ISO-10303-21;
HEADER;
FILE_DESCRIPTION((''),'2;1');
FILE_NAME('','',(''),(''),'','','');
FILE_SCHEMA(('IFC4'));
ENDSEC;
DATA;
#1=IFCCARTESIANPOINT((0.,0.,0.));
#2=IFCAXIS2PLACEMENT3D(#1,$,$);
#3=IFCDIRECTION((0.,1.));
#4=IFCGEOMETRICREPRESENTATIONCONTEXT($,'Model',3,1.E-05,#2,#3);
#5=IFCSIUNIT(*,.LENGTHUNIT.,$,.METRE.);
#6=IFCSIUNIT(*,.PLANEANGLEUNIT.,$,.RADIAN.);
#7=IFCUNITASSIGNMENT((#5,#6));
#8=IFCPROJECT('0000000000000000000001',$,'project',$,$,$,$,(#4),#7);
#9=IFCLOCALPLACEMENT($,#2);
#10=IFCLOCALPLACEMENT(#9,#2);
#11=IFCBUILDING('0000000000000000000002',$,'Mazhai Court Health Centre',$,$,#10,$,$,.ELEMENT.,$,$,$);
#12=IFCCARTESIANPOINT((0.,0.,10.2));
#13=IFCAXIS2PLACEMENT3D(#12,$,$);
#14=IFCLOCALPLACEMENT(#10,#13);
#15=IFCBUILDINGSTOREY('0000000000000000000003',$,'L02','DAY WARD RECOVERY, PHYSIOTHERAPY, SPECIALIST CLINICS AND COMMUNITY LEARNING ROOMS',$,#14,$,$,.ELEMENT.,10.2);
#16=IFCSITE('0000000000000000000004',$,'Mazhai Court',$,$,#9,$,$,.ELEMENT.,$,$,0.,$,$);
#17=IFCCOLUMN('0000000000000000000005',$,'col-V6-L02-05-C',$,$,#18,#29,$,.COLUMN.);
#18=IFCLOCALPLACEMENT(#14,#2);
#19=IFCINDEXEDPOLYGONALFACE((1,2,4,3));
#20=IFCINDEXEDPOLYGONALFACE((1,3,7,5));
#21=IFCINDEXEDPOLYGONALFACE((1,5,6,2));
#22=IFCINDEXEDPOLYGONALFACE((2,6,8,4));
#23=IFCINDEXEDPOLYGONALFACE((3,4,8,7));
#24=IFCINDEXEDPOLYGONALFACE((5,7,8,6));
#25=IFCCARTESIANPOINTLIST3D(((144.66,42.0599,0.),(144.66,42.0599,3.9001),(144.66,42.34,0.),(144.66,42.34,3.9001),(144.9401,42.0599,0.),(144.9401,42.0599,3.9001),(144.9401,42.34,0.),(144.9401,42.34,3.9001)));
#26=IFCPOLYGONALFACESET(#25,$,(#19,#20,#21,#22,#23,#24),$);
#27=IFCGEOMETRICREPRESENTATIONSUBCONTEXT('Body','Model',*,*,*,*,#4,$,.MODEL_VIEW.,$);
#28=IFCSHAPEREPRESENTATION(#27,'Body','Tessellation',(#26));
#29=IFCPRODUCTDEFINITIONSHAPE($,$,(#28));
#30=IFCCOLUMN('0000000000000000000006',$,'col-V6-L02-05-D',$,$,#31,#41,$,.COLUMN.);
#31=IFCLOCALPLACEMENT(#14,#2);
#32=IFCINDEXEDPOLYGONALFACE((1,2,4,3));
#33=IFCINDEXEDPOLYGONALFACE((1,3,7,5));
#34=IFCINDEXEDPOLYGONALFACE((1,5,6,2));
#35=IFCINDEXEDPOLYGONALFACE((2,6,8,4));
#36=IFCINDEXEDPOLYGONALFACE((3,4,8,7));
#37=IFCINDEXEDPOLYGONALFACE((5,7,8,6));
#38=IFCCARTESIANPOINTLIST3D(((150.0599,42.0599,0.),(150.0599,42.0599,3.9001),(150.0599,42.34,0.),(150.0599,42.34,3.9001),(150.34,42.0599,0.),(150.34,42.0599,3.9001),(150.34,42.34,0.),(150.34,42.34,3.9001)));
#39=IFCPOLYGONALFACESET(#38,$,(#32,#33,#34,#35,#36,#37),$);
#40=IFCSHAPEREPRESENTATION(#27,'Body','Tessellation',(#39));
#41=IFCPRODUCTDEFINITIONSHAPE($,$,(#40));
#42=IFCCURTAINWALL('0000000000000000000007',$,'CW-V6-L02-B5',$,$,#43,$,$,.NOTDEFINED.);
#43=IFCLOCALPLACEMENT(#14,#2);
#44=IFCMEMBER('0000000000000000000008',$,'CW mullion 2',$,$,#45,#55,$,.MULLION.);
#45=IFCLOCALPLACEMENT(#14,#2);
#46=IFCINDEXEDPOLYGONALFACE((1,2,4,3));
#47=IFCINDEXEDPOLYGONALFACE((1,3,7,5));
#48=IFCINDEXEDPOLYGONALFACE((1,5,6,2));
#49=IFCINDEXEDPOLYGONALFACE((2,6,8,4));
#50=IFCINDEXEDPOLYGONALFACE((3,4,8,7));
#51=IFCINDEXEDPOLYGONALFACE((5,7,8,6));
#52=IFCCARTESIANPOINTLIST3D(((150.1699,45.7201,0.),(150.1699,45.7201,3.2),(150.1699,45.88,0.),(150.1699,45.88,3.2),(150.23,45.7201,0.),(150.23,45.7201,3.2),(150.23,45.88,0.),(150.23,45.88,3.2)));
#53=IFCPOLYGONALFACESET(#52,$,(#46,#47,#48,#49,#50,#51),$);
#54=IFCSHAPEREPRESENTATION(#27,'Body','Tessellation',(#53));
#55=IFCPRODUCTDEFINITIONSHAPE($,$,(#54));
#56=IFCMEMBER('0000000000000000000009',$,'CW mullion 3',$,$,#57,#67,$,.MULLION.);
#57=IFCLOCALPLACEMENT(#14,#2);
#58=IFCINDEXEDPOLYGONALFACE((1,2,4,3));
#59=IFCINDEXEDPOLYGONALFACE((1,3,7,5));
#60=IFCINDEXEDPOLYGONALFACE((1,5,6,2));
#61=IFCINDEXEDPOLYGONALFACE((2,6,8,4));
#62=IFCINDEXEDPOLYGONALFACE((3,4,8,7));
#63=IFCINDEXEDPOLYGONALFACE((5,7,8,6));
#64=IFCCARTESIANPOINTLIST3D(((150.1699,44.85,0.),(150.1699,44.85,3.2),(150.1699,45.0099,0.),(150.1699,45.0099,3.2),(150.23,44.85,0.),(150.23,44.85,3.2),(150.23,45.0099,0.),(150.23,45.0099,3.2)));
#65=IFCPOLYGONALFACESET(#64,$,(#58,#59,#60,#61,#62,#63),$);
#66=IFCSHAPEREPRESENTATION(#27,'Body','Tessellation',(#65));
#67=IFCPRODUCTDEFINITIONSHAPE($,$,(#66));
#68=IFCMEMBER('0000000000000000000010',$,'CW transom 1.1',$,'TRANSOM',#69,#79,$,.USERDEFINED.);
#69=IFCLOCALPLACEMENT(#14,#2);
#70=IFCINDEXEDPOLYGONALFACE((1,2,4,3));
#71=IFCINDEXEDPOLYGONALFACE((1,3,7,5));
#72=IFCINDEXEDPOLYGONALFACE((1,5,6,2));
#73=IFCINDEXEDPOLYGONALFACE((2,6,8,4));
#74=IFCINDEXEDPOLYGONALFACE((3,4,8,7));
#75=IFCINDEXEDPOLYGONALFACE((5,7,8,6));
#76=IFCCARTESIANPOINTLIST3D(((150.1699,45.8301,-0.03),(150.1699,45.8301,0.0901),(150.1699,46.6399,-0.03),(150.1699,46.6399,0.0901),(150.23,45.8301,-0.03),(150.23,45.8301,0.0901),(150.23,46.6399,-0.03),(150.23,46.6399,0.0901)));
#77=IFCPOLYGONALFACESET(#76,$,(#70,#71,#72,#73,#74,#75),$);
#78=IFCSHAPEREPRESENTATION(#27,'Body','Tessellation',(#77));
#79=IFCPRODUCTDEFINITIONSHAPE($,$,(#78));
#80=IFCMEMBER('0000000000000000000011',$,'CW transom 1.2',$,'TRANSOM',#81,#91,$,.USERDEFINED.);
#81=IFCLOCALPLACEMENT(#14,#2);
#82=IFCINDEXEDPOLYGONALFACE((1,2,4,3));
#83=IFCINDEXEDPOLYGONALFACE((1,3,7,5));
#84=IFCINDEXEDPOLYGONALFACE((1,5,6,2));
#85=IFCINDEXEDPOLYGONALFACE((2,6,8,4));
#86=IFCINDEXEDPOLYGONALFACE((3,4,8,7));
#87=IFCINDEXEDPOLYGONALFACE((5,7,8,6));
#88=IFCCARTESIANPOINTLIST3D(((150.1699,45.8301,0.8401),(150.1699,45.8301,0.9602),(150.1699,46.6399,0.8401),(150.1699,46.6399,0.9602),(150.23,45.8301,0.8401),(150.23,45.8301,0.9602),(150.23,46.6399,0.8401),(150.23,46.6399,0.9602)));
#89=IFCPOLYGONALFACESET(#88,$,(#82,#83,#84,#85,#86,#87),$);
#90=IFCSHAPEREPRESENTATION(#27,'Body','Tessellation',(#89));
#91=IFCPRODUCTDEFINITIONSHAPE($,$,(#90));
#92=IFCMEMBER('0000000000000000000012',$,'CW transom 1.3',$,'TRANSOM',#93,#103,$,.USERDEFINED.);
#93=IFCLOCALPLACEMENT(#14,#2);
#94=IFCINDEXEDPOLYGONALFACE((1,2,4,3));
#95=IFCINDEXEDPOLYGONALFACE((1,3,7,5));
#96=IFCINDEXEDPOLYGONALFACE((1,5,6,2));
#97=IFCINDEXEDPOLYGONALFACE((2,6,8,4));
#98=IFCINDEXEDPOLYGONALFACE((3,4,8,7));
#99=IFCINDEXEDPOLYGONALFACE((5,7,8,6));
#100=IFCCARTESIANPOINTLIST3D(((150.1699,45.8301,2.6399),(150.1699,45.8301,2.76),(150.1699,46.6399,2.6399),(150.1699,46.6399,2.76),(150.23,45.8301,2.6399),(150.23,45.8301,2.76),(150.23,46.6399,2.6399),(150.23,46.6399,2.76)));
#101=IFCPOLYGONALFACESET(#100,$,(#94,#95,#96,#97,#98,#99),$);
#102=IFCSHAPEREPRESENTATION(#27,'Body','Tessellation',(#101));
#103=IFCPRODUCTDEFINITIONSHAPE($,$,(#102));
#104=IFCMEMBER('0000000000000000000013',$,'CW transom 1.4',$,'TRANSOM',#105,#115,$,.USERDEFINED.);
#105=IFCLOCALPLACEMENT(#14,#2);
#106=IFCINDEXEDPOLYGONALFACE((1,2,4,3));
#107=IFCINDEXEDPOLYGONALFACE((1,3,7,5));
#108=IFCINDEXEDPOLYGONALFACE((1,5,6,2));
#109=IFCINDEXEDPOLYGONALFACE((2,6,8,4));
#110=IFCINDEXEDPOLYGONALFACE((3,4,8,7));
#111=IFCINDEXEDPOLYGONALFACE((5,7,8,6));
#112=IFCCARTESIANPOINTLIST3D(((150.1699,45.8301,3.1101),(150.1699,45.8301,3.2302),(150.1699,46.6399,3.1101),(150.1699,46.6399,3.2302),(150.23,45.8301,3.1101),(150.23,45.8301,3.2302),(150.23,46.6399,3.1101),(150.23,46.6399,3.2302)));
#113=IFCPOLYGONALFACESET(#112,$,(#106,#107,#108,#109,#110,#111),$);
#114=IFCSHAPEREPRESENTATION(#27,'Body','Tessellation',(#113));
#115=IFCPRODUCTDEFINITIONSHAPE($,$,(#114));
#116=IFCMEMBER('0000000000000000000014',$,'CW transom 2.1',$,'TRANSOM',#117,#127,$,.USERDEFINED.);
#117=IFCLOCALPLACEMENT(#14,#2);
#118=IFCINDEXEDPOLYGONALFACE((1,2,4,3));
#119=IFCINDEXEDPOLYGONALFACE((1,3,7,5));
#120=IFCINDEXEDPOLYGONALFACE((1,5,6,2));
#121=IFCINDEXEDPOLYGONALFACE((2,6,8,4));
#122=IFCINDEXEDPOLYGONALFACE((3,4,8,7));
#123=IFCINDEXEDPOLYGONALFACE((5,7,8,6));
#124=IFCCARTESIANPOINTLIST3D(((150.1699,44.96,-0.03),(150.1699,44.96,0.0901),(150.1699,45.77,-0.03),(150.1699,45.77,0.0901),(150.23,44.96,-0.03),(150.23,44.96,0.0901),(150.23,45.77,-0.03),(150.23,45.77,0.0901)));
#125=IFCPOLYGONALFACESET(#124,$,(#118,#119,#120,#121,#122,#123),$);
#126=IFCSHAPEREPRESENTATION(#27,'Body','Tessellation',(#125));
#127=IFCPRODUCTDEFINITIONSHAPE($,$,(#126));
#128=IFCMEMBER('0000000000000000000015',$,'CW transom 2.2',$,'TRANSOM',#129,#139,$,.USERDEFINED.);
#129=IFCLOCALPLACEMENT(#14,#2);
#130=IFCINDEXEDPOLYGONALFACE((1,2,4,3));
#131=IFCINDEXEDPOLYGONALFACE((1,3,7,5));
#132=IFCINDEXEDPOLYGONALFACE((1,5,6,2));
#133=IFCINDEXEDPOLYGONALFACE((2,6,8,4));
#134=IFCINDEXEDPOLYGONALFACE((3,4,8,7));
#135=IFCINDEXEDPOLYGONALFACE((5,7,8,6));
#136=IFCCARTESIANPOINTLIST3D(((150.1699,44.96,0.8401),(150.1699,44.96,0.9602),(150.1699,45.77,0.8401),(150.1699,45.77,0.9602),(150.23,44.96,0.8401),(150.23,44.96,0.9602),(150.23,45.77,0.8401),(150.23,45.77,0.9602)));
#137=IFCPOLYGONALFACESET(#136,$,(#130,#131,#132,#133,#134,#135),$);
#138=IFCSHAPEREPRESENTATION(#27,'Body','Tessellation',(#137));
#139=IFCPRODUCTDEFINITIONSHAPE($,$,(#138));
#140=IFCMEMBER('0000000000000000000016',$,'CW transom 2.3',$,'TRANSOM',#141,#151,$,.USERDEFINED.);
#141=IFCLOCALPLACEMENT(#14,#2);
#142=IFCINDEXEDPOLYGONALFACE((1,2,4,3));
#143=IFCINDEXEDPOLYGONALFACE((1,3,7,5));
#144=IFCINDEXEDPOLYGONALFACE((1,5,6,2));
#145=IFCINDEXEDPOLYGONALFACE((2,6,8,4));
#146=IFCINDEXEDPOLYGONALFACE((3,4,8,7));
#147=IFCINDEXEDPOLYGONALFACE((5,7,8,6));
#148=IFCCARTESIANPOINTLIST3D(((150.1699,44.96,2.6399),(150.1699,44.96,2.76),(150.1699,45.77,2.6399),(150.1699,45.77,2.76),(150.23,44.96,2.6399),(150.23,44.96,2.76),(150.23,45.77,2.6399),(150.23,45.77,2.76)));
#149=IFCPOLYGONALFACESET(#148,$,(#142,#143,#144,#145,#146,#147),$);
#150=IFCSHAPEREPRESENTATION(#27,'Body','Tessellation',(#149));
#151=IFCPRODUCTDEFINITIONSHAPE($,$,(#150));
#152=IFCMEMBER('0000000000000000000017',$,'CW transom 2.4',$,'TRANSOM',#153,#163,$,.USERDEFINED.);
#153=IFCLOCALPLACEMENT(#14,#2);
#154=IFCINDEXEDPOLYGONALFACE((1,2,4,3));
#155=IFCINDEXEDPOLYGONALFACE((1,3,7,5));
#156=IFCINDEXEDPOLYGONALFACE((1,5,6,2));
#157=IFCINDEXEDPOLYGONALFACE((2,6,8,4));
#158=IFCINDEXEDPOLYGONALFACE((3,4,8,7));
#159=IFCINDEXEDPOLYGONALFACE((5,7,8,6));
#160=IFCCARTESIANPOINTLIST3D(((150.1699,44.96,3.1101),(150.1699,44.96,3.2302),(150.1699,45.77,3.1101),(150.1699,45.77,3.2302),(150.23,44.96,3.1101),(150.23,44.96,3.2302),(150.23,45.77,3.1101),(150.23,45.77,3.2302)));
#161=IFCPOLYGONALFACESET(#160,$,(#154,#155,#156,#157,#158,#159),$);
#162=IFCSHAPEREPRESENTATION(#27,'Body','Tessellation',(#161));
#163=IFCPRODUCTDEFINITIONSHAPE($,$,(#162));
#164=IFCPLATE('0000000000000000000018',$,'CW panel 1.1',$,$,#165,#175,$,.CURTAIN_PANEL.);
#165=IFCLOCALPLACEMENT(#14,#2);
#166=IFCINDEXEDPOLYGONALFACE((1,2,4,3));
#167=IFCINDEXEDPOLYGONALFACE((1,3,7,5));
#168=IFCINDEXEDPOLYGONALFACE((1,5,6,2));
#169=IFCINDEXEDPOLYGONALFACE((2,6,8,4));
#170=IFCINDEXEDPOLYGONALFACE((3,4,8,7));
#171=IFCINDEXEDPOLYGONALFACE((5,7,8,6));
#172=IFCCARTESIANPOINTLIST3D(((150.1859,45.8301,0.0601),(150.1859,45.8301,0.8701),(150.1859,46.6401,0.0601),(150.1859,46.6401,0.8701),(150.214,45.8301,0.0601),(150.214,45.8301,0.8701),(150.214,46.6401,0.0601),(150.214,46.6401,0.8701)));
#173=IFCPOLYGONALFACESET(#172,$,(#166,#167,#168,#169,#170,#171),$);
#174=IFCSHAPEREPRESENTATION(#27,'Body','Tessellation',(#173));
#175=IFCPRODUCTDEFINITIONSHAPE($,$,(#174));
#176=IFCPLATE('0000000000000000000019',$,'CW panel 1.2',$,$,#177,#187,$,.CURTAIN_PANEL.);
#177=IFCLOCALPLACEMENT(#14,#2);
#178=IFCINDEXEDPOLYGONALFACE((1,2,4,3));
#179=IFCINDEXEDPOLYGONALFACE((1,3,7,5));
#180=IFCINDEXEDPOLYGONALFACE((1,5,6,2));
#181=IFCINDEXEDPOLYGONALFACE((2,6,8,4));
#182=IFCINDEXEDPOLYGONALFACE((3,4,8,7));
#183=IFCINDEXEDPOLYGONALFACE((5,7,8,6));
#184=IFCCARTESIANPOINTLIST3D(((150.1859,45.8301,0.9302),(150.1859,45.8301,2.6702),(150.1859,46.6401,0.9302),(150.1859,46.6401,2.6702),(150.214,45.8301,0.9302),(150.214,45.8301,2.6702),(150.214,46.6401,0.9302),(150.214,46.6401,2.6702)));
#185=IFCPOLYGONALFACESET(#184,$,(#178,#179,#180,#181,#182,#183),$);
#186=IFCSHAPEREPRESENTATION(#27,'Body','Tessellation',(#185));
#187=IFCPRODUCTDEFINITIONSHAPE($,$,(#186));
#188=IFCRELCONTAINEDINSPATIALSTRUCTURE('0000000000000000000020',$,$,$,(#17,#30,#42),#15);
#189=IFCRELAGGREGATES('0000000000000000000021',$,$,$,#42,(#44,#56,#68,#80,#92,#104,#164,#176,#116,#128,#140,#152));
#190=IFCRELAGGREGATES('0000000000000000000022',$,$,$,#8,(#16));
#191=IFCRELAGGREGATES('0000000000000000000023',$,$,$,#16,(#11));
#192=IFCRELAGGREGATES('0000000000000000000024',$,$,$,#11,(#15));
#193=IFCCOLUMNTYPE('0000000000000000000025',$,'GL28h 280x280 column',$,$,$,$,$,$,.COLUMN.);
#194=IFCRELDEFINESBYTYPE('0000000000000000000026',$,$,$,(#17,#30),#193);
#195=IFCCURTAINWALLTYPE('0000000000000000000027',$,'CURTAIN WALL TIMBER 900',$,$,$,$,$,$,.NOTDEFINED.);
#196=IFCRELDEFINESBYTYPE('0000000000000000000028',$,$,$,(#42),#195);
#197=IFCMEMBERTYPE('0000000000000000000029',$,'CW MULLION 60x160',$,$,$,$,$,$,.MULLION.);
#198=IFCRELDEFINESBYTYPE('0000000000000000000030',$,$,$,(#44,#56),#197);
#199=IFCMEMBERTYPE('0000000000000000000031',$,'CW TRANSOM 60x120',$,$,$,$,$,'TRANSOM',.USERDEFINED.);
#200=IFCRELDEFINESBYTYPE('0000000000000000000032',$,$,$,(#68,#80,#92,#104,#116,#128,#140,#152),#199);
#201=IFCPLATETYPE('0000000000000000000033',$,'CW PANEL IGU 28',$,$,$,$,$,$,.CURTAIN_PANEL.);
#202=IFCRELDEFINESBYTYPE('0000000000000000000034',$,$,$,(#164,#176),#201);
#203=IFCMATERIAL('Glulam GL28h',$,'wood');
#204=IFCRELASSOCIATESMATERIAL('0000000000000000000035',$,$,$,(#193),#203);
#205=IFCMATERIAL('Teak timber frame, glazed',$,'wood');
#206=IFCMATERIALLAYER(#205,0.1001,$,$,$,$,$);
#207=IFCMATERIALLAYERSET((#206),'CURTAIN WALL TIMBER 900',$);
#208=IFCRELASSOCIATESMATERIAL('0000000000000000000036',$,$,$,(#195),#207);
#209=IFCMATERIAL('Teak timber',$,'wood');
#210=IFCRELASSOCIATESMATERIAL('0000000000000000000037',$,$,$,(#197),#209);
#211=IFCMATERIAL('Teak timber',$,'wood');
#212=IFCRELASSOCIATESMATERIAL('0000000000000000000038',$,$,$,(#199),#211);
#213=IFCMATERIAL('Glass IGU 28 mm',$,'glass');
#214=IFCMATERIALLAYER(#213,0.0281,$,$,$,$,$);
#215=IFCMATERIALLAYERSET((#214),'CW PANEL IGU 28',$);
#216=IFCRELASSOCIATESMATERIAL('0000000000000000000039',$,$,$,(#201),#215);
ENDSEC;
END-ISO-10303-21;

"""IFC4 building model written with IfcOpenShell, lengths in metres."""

from ifc_helpers import new_model, si_unit, direction, frame, origin, origin_2d, place, context, subcontext, project, spatial, rectangle, extrude, material, layer, layer_set, material_profile, profile_set, type_object, element, aggregate, save


model = new_model("IFC4")

# Units and contexts
model_context = context("Model", 3, precision=1e-05, world=origin(), true_north=direction((0.0, 1.0)))
body_context = subcontext(model_context, "Body", "Model", "MODEL_VIEW")
ifc_project = project(units=[si_unit("LENGTHUNIT", "METRE"), si_unit("PLANEANGLEUNIT", "RADIAN")], contexts=[model_context])

# Site, building, storey
site_placement = place(None, origin())
site = spatial("IfcSite", under=ifc_project, at=site_placement, Name="Mazhai Court", CompositionType="ELEMENT", RefElevation=0.0)
building_placement = place(site_placement, origin())
building = spatial("IfcBuilding", under=site, at=building_placement, Name="Mazhai Court Health Centre", CompositionType="ELEMENT")
storey_placement = place(building_placement, frame((0.0, 0.0, 10.2)))
storey = spatial("IfcBuildingStorey", under=building, at=storey_placement, Name="L02", Description="DAY WARD RECOVERY, PHYSIOTHERAPY, SPECIALIST CLINICS AND COMMUNITY LEARNING ROOMS", CompositionType="ELEMENT", Elevation=10.2)

# Columns
ifc_material_1 = material(Name="Glulam GL28h", Category="wood")
ifc_material_profile_1 = material_profile(ifc_material_1, rectangle(XDim=0.28, YDim=0.28, at=origin_2d()), Name="GL28h 280x280")
ifc_profile_set_1 = profile_set([ifc_material_profile_1], Name="Glulam GL28h")
column_type = type_object("IfcColumnType", Name="GL28h 280x280 column", PredefinedType="COLUMN", material=ifc_profile_set_1)
for number, where, z_axis, x_axis, name in (
    (1, (144.8, 42.2, 0.0), (0.0, 0.0, 1.0), (1.0, 0.0, 0.0), "col-V6-L02-05-C"),
    (2, (150.2, 42.2, 0.0), (0.0, 0.0, 1.0), (1.0, 0.0, 0.0), "col-V6-L02-05-D"),
):
    element("IfcColumn", number, at=place(storey_placement, frame(where, z_axis=z_axis, x_axis=x_axis)), inside=storey, type_object=column_type, Name=name, PredefinedType="COLUMN", context=body_context, shape_type="SweptSolid", body=[
        extrude(rectangle(XDim=0.28, YDim=0.28, at=origin_2d()), origin(), (0.0, 0.0, 1.0), 3.9001),
    ])

# Curtain wall, members, plates
ifc_material_2 = material(Name="Teak timber frame, glazed", Category="wood")
ifc_layer_1 = layer(ifc_material_2, 0.1001)
ifc_layer_set_1 = layer_set([ifc_layer_1], Name="CURTAIN WALL TIMBER 900")
curtain_wall_type = type_object("IfcCurtainWallType", Name="CURTAIN WALL TIMBER 900", PredefinedType="NOTDEFINED", material=ifc_layer_set_1)
curtain_wall_placement = place(storey_placement, origin())
curtain_wall = element("IfcCurtainWall", 3, at=curtain_wall_placement, inside=storey, type_object=curtain_wall_type, Name="CW-V6-L02-B5", PredefinedType="NOTDEFINED")
ifc_material_3 = material(Name="Teak timber", Category="wood")
ifc_material_profile_2 = material_profile(ifc_material_3, rectangle(XDim=0.0601, YDim=0.1599, at=origin_2d()), Name="CW MULLION 60x160")
ifc_profile_set_2 = profile_set([ifc_material_profile_2], Name="Teak timber")
member_type_1 = type_object("IfcMemberType", Name="CW MULLION 60x160", PredefinedType="MULLION", material=ifc_profile_set_2)
member_1_placement = place(storey_placement, frame((150.2, 45.8, 0.0), z_axis=(0.0, 0.0, 1.0), x_axis=(1.0, 0.0, 0.0)))
member_1 = element("IfcMember", 4, at=member_1_placement, type_object=member_type_1, Name="CW mullion 2", PredefinedType="MULLION", context=body_context, shape_type="SweptSolid", body=[
    extrude(rectangle(XDim=0.0601, YDim=0.1599, at=origin_2d()), origin(), (0.0, 0.0, 1.0), 3.2),
])
member_2_placement = place(storey_placement, frame((150.2, 44.9299, 0.0), z_axis=(0.0, 0.0, 1.0), x_axis=(1.0, 0.0, 0.0)))
member_2 = element("IfcMember", 5, at=member_2_placement, type_object=member_type_1, Name="CW mullion 3", PredefinedType="MULLION", context=body_context, shape_type="SweptSolid", body=[
    extrude(rectangle(XDim=0.0601, YDim=0.1599, at=origin_2d()), origin(), (0.0, 0.0, 1.0), 3.2),
])
ifc_material_4 = material(Name="Teak timber", Category="wood")
ifc_material_profile_3 = material_profile(ifc_material_4, rectangle(XDim=0.0601, YDim=0.1201, at=origin_2d()), Name="CW TRANSOM 60x120")
ifc_profile_set_3 = profile_set([ifc_material_profile_3], Name="Teak timber")
member_type_2 = type_object("IfcMemberType", Name="CW TRANSOM 60x120", ElementType="TRANSOM", PredefinedType="USERDEFINED", material=ifc_profile_set_3)
member_3_placement = place(storey_placement, frame((150.2, 46.6399, 0.03), z_axis=(0.0, -1.0, 0.0), x_axis=(1.0, 0.0, 0.0)))
member_3 = element("IfcMember", 6, at=member_3_placement, type_object=member_type_2, Name="CW transom 1.1", ObjectType="TRANSOM", PredefinedType="USERDEFINED", context=body_context, shape_type="SweptSolid", body=[
    extrude(rectangle(XDim=0.0601, YDim=0.1201, at=origin_2d()), origin(), (0.0, 0.0, 1.0), 0.8098),
])
member_4_placement = place(storey_placement, frame((150.2, 46.6399, 0.9001), z_axis=(0.0, -1.0, 0.0), x_axis=(1.0, 0.0, 0.0)))
member_4 = element("IfcMember", 7, at=member_4_placement, type_object=member_type_2, Name="CW transom 1.2", ObjectType="TRANSOM", PredefinedType="USERDEFINED", context=body_context, shape_type="SweptSolid", body=[
    extrude(rectangle(XDim=0.0601, YDim=0.1201, at=origin_2d()), origin(), (0.0, 0.0, 1.0), 0.8098),
])
member_5_placement = place(storey_placement, frame((150.2, 46.6399, 2.7), z_axis=(0.0, -1.0, 0.0), x_axis=(1.0, 0.0, 0.0)))
member_5 = element("IfcMember", 8, at=member_5_placement, type_object=member_type_2, Name="CW transom 1.3", ObjectType="TRANSOM", PredefinedType="USERDEFINED", context=body_context, shape_type="SweptSolid", body=[
    extrude(rectangle(XDim=0.0601, YDim=0.1201, at=origin_2d()), origin(), (0.0, 0.0, 1.0), 0.8098),
])
member_6_placement = place(storey_placement, frame((150.2, 46.6399, 3.1702), z_axis=(0.0, -1.0, 0.0), x_axis=(1.0, 0.0, 0.0)))
member_6 = element("IfcMember", 9, at=member_6_placement, type_object=member_type_2, Name="CW transom 1.4", ObjectType="TRANSOM", PredefinedType="USERDEFINED", context=body_context, shape_type="SweptSolid", body=[
    extrude(rectangle(XDim=0.0601, YDim=0.1201, at=origin_2d()), origin(), (0.0, 0.0, 1.0), 0.8098),
])
member_7_placement = place(storey_placement, frame((150.2, 45.77, 0.03), z_axis=(0.0, -1.0, 0.0), x_axis=(1.0, 0.0, 0.0)))
member_7 = element("IfcMember", 10, at=member_7_placement, type_object=member_type_2, Name="CW transom 2.1", ObjectType="TRANSOM", PredefinedType="USERDEFINED", context=body_context, shape_type="SweptSolid", body=[
    extrude(rectangle(XDim=0.0601, YDim=0.1201, at=origin_2d()), origin(), (0.0, 0.0, 1.0), 0.8101),
])
member_8_placement = place(storey_placement, frame((150.2, 45.77, 0.9001), z_axis=(0.0, -1.0, 0.0), x_axis=(1.0, 0.0, 0.0)))
member_8 = element("IfcMember", 11, at=member_8_placement, type_object=member_type_2, Name="CW transom 2.2", ObjectType="TRANSOM", PredefinedType="USERDEFINED", context=body_context, shape_type="SweptSolid", body=[
    extrude(rectangle(XDim=0.0601, YDim=0.1201, at=origin_2d()), origin(), (0.0, 0.0, 1.0), 0.8101),
])
member_9_placement = place(storey_placement, frame((150.2, 45.77, 2.7), z_axis=(0.0, -1.0, 0.0), x_axis=(1.0, 0.0, 0.0)))
member_9 = element("IfcMember", 12, at=member_9_placement, type_object=member_type_2, Name="CW transom 2.3", ObjectType="TRANSOM", PredefinedType="USERDEFINED", context=body_context, shape_type="SweptSolid", body=[
    extrude(rectangle(XDim=0.0601, YDim=0.1201, at=origin_2d()), origin(), (0.0, 0.0, 1.0), 0.8101),
])
member_10_placement = place(storey_placement, frame((150.2, 45.77, 3.1702), z_axis=(0.0, -1.0, 0.0), x_axis=(1.0, 0.0, 0.0)))
member_10 = element("IfcMember", 13, at=member_10_placement, type_object=member_type_2, Name="CW transom 2.4", ObjectType="TRANSOM", PredefinedType="USERDEFINED", context=body_context, shape_type="SweptSolid", body=[
    extrude(rectangle(XDim=0.0601, YDim=0.1201, at=origin_2d()), origin(), (0.0, 0.0, 1.0), 0.8101),
])
ifc_material_5 = material(Name="Glass IGU 28 mm", Category="glass")
ifc_layer_2 = layer(ifc_material_5, 0.0281)
ifc_layer_set_2 = layer_set([ifc_layer_2], Name="CW PANEL IGU 28")
plate_type = type_object("IfcPlateType", Name="CW PANEL IGU 28", PredefinedType="CURTAIN_PANEL", material=ifc_layer_set_2)
plate_1_placement = place(storey_placement, frame((150.2, 46.2351, 0.0601), z_axis=(0.0, 0.0, 1.0), x_axis=(0.0, -1.0, 0.0)))
plate_1 = element("IfcPlate", 14, at=plate_1_placement, type_object=plate_type, Name="CW panel 1.1", PredefinedType="CURTAIN_PANEL", context=body_context, shape_type="SweptSolid", body=[
    extrude(rectangle(XDim=0.8101, YDim=0.0281, at=origin_2d()), origin(), (0.0, 0.0, 1.0), 0.8101),
])
plate_2_placement = place(storey_placement, frame((150.2, 46.2351, 0.9302), z_axis=(0.0, 0.0, 1.0), x_axis=(0.0, -1.0, 0.0)))
plate_2 = element("IfcPlate", 15, at=plate_2_placement, type_object=plate_type, Name="CW panel 1.2", PredefinedType="CURTAIN_PANEL", context=body_context, shape_type="SweptSolid", body=[
    extrude(rectangle(XDim=0.8101, YDim=0.0281, at=origin_2d()), origin(), (0.0, 0.0, 1.0), 1.74),
])
aggregate(curtain_wall, [member_1, member_2, member_3, member_4, member_5, member_6, plate_1, plate_2, member_7, member_8, member_9, member_10])

save(model, "model.ifc")
